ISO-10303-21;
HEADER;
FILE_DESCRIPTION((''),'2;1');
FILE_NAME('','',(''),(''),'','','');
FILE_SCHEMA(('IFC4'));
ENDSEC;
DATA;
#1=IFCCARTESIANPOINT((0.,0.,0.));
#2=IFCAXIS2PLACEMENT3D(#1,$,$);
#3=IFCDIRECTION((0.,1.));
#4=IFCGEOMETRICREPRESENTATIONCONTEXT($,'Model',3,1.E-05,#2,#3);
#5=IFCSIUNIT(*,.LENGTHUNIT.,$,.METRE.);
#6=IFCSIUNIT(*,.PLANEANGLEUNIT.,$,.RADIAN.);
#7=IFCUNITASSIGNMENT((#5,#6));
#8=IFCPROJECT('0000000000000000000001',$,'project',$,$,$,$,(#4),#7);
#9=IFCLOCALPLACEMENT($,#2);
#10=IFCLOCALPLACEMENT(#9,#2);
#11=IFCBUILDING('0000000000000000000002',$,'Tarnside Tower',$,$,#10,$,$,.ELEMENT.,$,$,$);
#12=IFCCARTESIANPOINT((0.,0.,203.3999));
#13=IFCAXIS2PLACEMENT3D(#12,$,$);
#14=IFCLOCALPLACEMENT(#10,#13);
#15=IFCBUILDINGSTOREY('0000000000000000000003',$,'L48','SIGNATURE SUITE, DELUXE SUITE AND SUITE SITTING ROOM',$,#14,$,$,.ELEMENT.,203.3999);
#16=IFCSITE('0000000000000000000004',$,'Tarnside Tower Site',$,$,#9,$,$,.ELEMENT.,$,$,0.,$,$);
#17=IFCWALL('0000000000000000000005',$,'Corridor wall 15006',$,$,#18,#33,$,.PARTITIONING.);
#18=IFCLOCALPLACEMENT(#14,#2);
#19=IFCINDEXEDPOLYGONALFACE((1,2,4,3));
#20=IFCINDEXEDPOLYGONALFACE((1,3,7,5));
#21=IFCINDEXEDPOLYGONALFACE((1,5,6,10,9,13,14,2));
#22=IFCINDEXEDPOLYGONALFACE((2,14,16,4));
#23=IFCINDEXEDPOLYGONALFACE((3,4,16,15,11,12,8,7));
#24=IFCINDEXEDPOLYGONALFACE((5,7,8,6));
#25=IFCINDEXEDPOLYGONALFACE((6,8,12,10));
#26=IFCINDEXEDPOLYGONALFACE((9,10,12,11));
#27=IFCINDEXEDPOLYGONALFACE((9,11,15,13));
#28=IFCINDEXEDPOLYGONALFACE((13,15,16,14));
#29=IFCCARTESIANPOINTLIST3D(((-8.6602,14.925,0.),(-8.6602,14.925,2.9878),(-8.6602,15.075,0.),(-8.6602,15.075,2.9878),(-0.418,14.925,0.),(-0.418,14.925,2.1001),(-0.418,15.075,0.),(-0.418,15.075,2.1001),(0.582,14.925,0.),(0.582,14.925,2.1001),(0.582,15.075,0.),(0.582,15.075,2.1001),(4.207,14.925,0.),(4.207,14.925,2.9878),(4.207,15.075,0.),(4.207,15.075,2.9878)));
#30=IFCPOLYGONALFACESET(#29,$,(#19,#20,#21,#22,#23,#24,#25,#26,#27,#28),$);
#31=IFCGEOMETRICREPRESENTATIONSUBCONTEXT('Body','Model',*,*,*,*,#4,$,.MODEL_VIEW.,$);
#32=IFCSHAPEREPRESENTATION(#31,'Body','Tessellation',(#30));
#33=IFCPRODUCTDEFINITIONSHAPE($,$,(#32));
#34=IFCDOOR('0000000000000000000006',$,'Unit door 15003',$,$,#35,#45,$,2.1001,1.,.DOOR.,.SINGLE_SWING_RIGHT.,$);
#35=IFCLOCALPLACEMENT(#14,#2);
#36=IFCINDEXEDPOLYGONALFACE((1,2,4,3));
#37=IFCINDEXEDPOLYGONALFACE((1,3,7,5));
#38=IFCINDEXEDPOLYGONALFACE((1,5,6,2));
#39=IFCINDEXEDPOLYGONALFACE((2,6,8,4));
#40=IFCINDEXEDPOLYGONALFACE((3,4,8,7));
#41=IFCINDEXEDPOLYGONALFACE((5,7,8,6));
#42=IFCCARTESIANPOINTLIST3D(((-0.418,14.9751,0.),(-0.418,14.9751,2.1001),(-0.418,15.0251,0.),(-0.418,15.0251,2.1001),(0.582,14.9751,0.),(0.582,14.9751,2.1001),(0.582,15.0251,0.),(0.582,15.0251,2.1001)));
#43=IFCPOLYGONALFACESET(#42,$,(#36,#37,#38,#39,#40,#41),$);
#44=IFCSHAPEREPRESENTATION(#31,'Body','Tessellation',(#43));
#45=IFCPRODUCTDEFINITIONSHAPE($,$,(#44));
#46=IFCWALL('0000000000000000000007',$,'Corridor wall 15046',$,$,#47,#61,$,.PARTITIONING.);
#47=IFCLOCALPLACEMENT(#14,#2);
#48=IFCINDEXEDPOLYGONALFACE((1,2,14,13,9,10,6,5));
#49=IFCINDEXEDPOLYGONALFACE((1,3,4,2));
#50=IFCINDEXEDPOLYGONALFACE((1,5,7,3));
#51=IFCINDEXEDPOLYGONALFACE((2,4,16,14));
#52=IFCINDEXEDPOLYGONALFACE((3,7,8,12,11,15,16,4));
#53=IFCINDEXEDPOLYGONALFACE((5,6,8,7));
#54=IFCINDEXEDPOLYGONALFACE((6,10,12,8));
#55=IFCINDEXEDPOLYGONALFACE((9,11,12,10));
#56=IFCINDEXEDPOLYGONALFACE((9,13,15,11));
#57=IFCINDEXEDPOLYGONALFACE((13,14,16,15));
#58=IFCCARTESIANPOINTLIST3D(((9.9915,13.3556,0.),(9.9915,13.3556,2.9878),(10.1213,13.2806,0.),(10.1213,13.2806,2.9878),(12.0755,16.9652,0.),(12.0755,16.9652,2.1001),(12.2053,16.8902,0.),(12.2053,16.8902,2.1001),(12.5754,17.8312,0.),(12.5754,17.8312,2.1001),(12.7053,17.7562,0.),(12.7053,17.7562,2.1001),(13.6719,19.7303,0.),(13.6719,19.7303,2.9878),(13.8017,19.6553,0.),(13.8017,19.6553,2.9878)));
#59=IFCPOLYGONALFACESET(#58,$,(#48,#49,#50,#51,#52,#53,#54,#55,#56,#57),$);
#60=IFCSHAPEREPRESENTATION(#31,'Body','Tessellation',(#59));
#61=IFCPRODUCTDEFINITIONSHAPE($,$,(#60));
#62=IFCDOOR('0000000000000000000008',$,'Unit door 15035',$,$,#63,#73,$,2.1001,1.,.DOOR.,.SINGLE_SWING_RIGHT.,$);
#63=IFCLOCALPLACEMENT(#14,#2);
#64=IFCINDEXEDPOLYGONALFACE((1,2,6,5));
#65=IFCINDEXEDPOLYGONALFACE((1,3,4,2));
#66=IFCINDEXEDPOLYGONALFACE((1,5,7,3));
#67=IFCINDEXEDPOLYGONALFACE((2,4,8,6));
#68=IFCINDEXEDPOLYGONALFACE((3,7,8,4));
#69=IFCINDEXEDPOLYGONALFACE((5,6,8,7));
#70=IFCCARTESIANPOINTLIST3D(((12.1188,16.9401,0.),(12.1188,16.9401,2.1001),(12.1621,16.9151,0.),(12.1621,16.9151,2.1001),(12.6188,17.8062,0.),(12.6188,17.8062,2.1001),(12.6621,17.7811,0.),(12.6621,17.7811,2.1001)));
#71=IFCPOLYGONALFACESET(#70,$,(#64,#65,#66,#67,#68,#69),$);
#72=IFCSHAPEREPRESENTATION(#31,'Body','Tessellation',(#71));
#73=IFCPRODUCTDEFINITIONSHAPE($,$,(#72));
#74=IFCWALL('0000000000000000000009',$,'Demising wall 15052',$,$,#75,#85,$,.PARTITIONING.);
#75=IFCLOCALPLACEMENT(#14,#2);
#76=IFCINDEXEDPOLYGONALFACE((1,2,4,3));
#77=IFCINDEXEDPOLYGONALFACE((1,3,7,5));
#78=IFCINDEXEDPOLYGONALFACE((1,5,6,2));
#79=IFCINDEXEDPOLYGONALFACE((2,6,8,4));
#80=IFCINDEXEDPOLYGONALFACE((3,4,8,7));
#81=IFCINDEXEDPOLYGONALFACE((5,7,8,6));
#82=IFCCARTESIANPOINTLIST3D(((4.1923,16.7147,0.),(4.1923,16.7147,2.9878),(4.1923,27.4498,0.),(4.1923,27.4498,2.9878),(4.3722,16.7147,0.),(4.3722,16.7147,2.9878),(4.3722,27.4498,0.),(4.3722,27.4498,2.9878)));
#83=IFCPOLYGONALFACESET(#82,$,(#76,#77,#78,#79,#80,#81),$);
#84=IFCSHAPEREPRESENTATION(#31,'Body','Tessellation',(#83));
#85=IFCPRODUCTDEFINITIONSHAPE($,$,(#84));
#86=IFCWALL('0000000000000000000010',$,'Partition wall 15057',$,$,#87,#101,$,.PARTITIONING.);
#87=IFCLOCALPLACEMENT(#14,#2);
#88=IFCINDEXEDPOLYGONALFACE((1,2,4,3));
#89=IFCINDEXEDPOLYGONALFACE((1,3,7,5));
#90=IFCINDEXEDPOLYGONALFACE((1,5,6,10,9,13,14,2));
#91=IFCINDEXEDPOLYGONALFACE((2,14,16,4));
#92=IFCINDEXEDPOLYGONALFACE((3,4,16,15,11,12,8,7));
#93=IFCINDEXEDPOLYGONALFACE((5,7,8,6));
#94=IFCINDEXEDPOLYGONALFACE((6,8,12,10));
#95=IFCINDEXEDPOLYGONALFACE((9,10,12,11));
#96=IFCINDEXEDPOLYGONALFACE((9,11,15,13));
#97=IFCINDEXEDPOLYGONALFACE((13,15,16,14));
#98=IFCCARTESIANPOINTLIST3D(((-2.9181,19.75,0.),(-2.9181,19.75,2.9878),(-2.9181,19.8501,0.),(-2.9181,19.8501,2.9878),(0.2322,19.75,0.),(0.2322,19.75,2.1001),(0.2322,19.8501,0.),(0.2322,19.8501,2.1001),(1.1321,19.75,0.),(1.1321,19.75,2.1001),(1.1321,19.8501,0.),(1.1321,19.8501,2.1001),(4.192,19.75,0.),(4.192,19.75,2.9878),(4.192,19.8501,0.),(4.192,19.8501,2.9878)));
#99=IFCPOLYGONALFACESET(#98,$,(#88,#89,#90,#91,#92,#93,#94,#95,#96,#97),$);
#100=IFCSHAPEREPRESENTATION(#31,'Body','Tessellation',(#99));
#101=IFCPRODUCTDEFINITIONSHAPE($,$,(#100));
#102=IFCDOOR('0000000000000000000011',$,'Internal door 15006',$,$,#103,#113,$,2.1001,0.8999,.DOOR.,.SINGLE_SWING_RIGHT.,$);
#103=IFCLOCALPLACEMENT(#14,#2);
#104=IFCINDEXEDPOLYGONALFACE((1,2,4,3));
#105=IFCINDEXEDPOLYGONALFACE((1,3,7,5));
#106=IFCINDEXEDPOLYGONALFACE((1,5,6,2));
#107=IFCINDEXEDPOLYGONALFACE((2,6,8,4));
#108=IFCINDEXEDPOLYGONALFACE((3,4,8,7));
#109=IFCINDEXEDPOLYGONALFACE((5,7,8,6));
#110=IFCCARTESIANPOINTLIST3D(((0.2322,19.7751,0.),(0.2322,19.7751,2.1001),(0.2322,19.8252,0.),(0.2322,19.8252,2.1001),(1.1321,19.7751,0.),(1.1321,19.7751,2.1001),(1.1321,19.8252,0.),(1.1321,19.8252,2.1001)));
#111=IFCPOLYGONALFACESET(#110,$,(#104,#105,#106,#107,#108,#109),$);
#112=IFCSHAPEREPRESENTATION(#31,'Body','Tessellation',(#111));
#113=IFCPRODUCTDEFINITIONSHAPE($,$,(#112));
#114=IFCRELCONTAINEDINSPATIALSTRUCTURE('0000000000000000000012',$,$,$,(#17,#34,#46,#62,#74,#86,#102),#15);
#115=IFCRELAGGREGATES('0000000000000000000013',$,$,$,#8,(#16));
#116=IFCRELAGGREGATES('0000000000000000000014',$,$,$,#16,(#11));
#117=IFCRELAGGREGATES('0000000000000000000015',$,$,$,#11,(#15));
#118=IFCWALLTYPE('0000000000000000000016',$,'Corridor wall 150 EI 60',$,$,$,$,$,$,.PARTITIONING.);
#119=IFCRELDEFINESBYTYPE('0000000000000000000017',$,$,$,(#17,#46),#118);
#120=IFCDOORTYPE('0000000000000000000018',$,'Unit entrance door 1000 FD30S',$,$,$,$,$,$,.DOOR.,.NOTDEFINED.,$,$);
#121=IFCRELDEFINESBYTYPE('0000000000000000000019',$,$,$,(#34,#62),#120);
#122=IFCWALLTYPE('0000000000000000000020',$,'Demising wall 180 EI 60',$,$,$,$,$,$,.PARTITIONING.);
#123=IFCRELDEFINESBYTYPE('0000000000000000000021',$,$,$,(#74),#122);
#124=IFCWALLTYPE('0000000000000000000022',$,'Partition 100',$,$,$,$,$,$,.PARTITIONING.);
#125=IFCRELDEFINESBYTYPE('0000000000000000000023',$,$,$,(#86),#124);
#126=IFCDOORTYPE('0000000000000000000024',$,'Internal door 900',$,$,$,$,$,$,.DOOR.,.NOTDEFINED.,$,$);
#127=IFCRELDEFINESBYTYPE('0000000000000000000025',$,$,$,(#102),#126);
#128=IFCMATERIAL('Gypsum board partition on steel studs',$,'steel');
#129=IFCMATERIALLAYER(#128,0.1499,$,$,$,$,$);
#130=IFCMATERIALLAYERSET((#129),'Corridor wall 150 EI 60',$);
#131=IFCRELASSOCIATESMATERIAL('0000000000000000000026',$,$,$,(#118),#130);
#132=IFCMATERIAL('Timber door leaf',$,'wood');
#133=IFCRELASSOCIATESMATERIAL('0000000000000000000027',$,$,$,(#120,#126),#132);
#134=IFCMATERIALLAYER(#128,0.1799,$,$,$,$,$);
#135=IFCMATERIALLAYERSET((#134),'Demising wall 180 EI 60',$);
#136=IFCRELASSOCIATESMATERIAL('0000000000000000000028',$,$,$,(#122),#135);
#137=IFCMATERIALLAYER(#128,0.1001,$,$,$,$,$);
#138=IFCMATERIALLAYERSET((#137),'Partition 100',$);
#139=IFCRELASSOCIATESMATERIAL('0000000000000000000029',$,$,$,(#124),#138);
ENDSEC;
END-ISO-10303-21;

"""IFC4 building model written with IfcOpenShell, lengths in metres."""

from ifc_helpers import new_model, si_unit, direction, frame, frame_2d, origin, place, context, subcontext, project, spatial, rectangle, extrude, material, layer, layer_set, type_object, element, fill, save


model = new_model("IFC4")

# Units and contexts
model_context = context("Model", 3, precision=1e-05, world=origin(), true_north=direction((0.0, 1.0)))
body_context = subcontext(model_context, "Body", "Model", "MODEL_VIEW")
ifc_project = project(units=[si_unit("LENGTHUNIT", "METRE"), si_unit("PLANEANGLEUNIT", "RADIAN")], contexts=[model_context])

# Site, building, storey
site_placement = place(None, origin())
site = spatial("IfcSite", under=ifc_project, at=site_placement, Name="Tarnside Tower Site", CompositionType="ELEMENT", RefElevation=0.0)
building_placement = place(site_placement, origin())
building = spatial("IfcBuilding", under=site, at=building_placement, Name="Tarnside Tower", CompositionType="ELEMENT")
storey_placement = place(building_placement, frame((0.0, 0.0, 203.3999)))
storey = spatial("IfcBuildingStorey", under=building, at=storey_placement, Name="L48", Description="SIGNATURE SUITE, DELUXE SUITE AND SUITE SITTING ROOM", CompositionType="ELEMENT", Elevation=203.3999)

# Shared definitions
ifc_material_1 = material(Name="Gypsum board partition on steel studs", Category="steel")

# Shared definitions
ifc_material_2 = material(Name="Timber door leaf", Category="wood")
ifc_layer_1 = layer(ifc_material_1, 0.1499)
ifc_layer_set_1 = layer_set([ifc_layer_1], Name="Corridor wall 150 EI 60")
wall_type_1 = type_object("IfcWallType", Name="Corridor wall 150 EI 60", PredefinedType="PARTITIONING", material=ifc_layer_set_1)
door_type_1 = type_object("IfcDoorType", Name="Unit entrance door 1000 FD30S", OperationType="NOTDEFINED", PredefinedType="DOOR", material=ifc_material_2)

# Walls, openings, doors
wall_1_placement = place(storey_placement, frame((4.207, 15.0, 0.0), z_axis=(0.0, 0.0, 1.0), x_axis=(-1.0, 0.0, 0.0)))
wall_1 = element("IfcWall", 1, at=wall_1_placement, inside=storey, type_object=wall_type_1, Name="Corridor wall 15006", PredefinedType="PARTITIONING", context=body_context, shape_type="SweptSolid", body=[
    extrude(rectangle(XDim=12.8672, YDim=0.1499, at=frame_2d((6.4336, 0.0))), origin(), (0.0, 0.0, 1.0), 2.9878),
])
opening_1_placement = place(wall_1_placement, frame((3.625, 0.0, 0.0)))
opening_1 = element("IfcOpeningElement", 2, at=opening_1_placement, cuts=wall_1, PredefinedType="OPENING", context=body_context, shape_type="SweptSolid", body=[
    extrude(rectangle(XDim=1.0, YDim=2.1001, at=frame_2d((0.5, 1.05))), frame((0.0, 0.085, 0.0), z_axis=(0.0, -1.0, 0.0), x_axis=(1.0, 0.0, 0.0)), (0.0, 0.0, 1.0), 0.1699),
])
door_1_placement = place(opening_1_placement, origin())
door_1 = element("IfcDoor", 3, at=door_1_placement, inside=storey, type_object=door_type_1, Name="Unit door 15003", OperationType="SINGLE_SWING_RIGHT", OverallHeight=2.1001, OverallWidth=1.0, PredefinedType="DOOR", context=body_context, shape_type="SweptSolid", body=[
    extrude(rectangle(XDim=1.0, YDim=2.1001, at=frame_2d((0.5, 1.05))), frame((0.0, 0.0249, 0.0), z_axis=(0.0, -1.0, 0.0), x_axis=(1.0, 0.0, 0.0)), (0.0, 0.0, 1.0), 0.05),
])
fill(opening_1, door_1)
wall_2_placement = place(storey_placement, frame((10.0564, 13.3181, 0.0), z_axis=(0.0, 0.0, 1.0), x_axis=(0.499995, 0.866028, 0.0)))
wall_2 = element("IfcWall", 4, at=wall_2_placement, inside=storey, type_object=wall_type_1, Name="Corridor wall 15046", PredefinedType="PARTITIONING", context=body_context, shape_type="SweptSolid", body=[
    extrude(rectangle(XDim=7.3608, YDim=0.1499, at=frame_2d((3.6804, 0.0))), origin(), (0.0, 0.0, 1.0), 2.9878),
])
opening_2_placement = place(wall_2_placement, frame((4.168, 0.0, 0.0)))
opening_2 = element("IfcOpeningElement", 5, at=opening_2_placement, cuts=wall_2, PredefinedType="OPENING", context=body_context, shape_type="SweptSolid", body=[
    extrude(rectangle(XDim=1.0, YDim=2.1001, at=frame_2d((0.5, 1.05))), frame((0.0, 0.085, 0.0), z_axis=(0.0, -1.0, 0.0), x_axis=(1.0, 0.0, 0.0)), (0.0, 0.0, 1.0), 0.1699),
])
door_2_placement = place(opening_2_placement, origin())
door_2 = element("IfcDoor", 6, at=door_2_placement, inside=storey, type_object=door_type_1, Name="Unit door 15035", OperationType="SINGLE_SWING_RIGHT", OverallHeight=2.1001, OverallWidth=1.0, PredefinedType="DOOR", context=body_context, shape_type="SweptSolid", body=[
    extrude(rectangle(XDim=1.0, YDim=2.1001, at=frame_2d((0.5, 1.05))), frame((0.0, 0.0249, 0.0), z_axis=(0.0, -1.0, 0.0), x_axis=(1.0, 0.0, 0.0)), (0.0, 0.0, 1.0), 0.05),
])
fill(opening_2, door_2)

# Wall
ifc_layer_2 = layer(ifc_material_1, 0.1799)
ifc_layer_set_2 = layer_set([ifc_layer_2], Name="Demising wall 180 EI 60")
wall_type_2 = type_object("IfcWallType", Name="Demising wall 180 EI 60", PredefinedType="PARTITIONING", material=ifc_layer_set_2)
wall_3_placement = place(storey_placement, frame((4.2822, 27.45, 0.0), z_axis=(0.0, 0.0, 1.0), x_axis=(0.0, -1.0, 0.0)))
element("IfcWall", 7, at=wall_3_placement, inside=storey, type_object=wall_type_2, Name="Demising wall 15052", PredefinedType="PARTITIONING", context=body_context, shape_type="SweptSolid", body=[
    extrude(rectangle(XDim=10.7351, YDim=0.1799, at=frame_2d((5.3677, 0.0))), origin(), (0.0, 0.0, 1.0), 2.9878),
])

# Wall, opening, door
ifc_layer_3 = layer(ifc_material_1, 0.1001)
ifc_layer_set_3 = layer_set([ifc_layer_3], Name="Partition 100")
wall_type_3 = type_object("IfcWallType", Name="Partition 100", PredefinedType="PARTITIONING", material=ifc_layer_set_3)
wall_4_placement = place(storey_placement, frame((4.1921, 19.8, 0.0), z_axis=(0.0, 0.0, 1.0), x_axis=(-1.0, 0.0, 0.0)))
wall_4 = element("IfcWall", 8, at=wall_4_placement, inside=storey, type_object=wall_type_3, Name="Partition wall 15057", PredefinedType="PARTITIONING", context=body_context, shape_type="SweptSolid", body=[
    extrude(rectangle(XDim=7.1101, YDim=0.1001, at=frame_2d((3.5552, 0.0))), origin(), (0.0, 0.0, 1.0), 2.9878),
])
opening_3_placement = place(wall_4_placement, frame((3.0601, 0.0, 0.0)))
opening_3 = element("IfcOpeningElement", 9, at=opening_3_placement, cuts=wall_4, PredefinedType="OPENING", context=body_context, shape_type="SweptSolid", body=[
    extrude(rectangle(XDim=0.8999, YDim=2.1001, at=frame_2d((0.45, 1.05))), frame((0.0, 0.0601, 0.0), z_axis=(0.0, -1.0, 0.0), x_axis=(1.0, 0.0, 0.0)), (0.0, 0.0, 1.0), 0.1201),
])
door_type_2 = type_object("IfcDoorType", Name="Internal door 900", OperationType="NOTDEFINED", PredefinedType="DOOR", material=ifc_material_2)
door_3_placement = place(opening_3_placement, origin())
door_3 = element("IfcDoor", 10, at=door_3_placement, inside=storey, type_object=door_type_2, Name="Internal door 15006", OperationType="SINGLE_SWING_RIGHT", OverallHeight=2.1001, OverallWidth=0.8999, PredefinedType="DOOR", context=body_context, shape_type="SweptSolid", body=[
    extrude(rectangle(XDim=0.8999, YDim=2.1001, at=frame_2d((0.45, 1.05))), frame((0.0, 0.0249, 0.0), z_axis=(0.0, -1.0, 0.0), x_axis=(1.0, 0.0, 0.0)), (0.0, 0.0, 1.0), 0.05),
])
fill(opening_3, door_3)

save(model, "model.ifc")
